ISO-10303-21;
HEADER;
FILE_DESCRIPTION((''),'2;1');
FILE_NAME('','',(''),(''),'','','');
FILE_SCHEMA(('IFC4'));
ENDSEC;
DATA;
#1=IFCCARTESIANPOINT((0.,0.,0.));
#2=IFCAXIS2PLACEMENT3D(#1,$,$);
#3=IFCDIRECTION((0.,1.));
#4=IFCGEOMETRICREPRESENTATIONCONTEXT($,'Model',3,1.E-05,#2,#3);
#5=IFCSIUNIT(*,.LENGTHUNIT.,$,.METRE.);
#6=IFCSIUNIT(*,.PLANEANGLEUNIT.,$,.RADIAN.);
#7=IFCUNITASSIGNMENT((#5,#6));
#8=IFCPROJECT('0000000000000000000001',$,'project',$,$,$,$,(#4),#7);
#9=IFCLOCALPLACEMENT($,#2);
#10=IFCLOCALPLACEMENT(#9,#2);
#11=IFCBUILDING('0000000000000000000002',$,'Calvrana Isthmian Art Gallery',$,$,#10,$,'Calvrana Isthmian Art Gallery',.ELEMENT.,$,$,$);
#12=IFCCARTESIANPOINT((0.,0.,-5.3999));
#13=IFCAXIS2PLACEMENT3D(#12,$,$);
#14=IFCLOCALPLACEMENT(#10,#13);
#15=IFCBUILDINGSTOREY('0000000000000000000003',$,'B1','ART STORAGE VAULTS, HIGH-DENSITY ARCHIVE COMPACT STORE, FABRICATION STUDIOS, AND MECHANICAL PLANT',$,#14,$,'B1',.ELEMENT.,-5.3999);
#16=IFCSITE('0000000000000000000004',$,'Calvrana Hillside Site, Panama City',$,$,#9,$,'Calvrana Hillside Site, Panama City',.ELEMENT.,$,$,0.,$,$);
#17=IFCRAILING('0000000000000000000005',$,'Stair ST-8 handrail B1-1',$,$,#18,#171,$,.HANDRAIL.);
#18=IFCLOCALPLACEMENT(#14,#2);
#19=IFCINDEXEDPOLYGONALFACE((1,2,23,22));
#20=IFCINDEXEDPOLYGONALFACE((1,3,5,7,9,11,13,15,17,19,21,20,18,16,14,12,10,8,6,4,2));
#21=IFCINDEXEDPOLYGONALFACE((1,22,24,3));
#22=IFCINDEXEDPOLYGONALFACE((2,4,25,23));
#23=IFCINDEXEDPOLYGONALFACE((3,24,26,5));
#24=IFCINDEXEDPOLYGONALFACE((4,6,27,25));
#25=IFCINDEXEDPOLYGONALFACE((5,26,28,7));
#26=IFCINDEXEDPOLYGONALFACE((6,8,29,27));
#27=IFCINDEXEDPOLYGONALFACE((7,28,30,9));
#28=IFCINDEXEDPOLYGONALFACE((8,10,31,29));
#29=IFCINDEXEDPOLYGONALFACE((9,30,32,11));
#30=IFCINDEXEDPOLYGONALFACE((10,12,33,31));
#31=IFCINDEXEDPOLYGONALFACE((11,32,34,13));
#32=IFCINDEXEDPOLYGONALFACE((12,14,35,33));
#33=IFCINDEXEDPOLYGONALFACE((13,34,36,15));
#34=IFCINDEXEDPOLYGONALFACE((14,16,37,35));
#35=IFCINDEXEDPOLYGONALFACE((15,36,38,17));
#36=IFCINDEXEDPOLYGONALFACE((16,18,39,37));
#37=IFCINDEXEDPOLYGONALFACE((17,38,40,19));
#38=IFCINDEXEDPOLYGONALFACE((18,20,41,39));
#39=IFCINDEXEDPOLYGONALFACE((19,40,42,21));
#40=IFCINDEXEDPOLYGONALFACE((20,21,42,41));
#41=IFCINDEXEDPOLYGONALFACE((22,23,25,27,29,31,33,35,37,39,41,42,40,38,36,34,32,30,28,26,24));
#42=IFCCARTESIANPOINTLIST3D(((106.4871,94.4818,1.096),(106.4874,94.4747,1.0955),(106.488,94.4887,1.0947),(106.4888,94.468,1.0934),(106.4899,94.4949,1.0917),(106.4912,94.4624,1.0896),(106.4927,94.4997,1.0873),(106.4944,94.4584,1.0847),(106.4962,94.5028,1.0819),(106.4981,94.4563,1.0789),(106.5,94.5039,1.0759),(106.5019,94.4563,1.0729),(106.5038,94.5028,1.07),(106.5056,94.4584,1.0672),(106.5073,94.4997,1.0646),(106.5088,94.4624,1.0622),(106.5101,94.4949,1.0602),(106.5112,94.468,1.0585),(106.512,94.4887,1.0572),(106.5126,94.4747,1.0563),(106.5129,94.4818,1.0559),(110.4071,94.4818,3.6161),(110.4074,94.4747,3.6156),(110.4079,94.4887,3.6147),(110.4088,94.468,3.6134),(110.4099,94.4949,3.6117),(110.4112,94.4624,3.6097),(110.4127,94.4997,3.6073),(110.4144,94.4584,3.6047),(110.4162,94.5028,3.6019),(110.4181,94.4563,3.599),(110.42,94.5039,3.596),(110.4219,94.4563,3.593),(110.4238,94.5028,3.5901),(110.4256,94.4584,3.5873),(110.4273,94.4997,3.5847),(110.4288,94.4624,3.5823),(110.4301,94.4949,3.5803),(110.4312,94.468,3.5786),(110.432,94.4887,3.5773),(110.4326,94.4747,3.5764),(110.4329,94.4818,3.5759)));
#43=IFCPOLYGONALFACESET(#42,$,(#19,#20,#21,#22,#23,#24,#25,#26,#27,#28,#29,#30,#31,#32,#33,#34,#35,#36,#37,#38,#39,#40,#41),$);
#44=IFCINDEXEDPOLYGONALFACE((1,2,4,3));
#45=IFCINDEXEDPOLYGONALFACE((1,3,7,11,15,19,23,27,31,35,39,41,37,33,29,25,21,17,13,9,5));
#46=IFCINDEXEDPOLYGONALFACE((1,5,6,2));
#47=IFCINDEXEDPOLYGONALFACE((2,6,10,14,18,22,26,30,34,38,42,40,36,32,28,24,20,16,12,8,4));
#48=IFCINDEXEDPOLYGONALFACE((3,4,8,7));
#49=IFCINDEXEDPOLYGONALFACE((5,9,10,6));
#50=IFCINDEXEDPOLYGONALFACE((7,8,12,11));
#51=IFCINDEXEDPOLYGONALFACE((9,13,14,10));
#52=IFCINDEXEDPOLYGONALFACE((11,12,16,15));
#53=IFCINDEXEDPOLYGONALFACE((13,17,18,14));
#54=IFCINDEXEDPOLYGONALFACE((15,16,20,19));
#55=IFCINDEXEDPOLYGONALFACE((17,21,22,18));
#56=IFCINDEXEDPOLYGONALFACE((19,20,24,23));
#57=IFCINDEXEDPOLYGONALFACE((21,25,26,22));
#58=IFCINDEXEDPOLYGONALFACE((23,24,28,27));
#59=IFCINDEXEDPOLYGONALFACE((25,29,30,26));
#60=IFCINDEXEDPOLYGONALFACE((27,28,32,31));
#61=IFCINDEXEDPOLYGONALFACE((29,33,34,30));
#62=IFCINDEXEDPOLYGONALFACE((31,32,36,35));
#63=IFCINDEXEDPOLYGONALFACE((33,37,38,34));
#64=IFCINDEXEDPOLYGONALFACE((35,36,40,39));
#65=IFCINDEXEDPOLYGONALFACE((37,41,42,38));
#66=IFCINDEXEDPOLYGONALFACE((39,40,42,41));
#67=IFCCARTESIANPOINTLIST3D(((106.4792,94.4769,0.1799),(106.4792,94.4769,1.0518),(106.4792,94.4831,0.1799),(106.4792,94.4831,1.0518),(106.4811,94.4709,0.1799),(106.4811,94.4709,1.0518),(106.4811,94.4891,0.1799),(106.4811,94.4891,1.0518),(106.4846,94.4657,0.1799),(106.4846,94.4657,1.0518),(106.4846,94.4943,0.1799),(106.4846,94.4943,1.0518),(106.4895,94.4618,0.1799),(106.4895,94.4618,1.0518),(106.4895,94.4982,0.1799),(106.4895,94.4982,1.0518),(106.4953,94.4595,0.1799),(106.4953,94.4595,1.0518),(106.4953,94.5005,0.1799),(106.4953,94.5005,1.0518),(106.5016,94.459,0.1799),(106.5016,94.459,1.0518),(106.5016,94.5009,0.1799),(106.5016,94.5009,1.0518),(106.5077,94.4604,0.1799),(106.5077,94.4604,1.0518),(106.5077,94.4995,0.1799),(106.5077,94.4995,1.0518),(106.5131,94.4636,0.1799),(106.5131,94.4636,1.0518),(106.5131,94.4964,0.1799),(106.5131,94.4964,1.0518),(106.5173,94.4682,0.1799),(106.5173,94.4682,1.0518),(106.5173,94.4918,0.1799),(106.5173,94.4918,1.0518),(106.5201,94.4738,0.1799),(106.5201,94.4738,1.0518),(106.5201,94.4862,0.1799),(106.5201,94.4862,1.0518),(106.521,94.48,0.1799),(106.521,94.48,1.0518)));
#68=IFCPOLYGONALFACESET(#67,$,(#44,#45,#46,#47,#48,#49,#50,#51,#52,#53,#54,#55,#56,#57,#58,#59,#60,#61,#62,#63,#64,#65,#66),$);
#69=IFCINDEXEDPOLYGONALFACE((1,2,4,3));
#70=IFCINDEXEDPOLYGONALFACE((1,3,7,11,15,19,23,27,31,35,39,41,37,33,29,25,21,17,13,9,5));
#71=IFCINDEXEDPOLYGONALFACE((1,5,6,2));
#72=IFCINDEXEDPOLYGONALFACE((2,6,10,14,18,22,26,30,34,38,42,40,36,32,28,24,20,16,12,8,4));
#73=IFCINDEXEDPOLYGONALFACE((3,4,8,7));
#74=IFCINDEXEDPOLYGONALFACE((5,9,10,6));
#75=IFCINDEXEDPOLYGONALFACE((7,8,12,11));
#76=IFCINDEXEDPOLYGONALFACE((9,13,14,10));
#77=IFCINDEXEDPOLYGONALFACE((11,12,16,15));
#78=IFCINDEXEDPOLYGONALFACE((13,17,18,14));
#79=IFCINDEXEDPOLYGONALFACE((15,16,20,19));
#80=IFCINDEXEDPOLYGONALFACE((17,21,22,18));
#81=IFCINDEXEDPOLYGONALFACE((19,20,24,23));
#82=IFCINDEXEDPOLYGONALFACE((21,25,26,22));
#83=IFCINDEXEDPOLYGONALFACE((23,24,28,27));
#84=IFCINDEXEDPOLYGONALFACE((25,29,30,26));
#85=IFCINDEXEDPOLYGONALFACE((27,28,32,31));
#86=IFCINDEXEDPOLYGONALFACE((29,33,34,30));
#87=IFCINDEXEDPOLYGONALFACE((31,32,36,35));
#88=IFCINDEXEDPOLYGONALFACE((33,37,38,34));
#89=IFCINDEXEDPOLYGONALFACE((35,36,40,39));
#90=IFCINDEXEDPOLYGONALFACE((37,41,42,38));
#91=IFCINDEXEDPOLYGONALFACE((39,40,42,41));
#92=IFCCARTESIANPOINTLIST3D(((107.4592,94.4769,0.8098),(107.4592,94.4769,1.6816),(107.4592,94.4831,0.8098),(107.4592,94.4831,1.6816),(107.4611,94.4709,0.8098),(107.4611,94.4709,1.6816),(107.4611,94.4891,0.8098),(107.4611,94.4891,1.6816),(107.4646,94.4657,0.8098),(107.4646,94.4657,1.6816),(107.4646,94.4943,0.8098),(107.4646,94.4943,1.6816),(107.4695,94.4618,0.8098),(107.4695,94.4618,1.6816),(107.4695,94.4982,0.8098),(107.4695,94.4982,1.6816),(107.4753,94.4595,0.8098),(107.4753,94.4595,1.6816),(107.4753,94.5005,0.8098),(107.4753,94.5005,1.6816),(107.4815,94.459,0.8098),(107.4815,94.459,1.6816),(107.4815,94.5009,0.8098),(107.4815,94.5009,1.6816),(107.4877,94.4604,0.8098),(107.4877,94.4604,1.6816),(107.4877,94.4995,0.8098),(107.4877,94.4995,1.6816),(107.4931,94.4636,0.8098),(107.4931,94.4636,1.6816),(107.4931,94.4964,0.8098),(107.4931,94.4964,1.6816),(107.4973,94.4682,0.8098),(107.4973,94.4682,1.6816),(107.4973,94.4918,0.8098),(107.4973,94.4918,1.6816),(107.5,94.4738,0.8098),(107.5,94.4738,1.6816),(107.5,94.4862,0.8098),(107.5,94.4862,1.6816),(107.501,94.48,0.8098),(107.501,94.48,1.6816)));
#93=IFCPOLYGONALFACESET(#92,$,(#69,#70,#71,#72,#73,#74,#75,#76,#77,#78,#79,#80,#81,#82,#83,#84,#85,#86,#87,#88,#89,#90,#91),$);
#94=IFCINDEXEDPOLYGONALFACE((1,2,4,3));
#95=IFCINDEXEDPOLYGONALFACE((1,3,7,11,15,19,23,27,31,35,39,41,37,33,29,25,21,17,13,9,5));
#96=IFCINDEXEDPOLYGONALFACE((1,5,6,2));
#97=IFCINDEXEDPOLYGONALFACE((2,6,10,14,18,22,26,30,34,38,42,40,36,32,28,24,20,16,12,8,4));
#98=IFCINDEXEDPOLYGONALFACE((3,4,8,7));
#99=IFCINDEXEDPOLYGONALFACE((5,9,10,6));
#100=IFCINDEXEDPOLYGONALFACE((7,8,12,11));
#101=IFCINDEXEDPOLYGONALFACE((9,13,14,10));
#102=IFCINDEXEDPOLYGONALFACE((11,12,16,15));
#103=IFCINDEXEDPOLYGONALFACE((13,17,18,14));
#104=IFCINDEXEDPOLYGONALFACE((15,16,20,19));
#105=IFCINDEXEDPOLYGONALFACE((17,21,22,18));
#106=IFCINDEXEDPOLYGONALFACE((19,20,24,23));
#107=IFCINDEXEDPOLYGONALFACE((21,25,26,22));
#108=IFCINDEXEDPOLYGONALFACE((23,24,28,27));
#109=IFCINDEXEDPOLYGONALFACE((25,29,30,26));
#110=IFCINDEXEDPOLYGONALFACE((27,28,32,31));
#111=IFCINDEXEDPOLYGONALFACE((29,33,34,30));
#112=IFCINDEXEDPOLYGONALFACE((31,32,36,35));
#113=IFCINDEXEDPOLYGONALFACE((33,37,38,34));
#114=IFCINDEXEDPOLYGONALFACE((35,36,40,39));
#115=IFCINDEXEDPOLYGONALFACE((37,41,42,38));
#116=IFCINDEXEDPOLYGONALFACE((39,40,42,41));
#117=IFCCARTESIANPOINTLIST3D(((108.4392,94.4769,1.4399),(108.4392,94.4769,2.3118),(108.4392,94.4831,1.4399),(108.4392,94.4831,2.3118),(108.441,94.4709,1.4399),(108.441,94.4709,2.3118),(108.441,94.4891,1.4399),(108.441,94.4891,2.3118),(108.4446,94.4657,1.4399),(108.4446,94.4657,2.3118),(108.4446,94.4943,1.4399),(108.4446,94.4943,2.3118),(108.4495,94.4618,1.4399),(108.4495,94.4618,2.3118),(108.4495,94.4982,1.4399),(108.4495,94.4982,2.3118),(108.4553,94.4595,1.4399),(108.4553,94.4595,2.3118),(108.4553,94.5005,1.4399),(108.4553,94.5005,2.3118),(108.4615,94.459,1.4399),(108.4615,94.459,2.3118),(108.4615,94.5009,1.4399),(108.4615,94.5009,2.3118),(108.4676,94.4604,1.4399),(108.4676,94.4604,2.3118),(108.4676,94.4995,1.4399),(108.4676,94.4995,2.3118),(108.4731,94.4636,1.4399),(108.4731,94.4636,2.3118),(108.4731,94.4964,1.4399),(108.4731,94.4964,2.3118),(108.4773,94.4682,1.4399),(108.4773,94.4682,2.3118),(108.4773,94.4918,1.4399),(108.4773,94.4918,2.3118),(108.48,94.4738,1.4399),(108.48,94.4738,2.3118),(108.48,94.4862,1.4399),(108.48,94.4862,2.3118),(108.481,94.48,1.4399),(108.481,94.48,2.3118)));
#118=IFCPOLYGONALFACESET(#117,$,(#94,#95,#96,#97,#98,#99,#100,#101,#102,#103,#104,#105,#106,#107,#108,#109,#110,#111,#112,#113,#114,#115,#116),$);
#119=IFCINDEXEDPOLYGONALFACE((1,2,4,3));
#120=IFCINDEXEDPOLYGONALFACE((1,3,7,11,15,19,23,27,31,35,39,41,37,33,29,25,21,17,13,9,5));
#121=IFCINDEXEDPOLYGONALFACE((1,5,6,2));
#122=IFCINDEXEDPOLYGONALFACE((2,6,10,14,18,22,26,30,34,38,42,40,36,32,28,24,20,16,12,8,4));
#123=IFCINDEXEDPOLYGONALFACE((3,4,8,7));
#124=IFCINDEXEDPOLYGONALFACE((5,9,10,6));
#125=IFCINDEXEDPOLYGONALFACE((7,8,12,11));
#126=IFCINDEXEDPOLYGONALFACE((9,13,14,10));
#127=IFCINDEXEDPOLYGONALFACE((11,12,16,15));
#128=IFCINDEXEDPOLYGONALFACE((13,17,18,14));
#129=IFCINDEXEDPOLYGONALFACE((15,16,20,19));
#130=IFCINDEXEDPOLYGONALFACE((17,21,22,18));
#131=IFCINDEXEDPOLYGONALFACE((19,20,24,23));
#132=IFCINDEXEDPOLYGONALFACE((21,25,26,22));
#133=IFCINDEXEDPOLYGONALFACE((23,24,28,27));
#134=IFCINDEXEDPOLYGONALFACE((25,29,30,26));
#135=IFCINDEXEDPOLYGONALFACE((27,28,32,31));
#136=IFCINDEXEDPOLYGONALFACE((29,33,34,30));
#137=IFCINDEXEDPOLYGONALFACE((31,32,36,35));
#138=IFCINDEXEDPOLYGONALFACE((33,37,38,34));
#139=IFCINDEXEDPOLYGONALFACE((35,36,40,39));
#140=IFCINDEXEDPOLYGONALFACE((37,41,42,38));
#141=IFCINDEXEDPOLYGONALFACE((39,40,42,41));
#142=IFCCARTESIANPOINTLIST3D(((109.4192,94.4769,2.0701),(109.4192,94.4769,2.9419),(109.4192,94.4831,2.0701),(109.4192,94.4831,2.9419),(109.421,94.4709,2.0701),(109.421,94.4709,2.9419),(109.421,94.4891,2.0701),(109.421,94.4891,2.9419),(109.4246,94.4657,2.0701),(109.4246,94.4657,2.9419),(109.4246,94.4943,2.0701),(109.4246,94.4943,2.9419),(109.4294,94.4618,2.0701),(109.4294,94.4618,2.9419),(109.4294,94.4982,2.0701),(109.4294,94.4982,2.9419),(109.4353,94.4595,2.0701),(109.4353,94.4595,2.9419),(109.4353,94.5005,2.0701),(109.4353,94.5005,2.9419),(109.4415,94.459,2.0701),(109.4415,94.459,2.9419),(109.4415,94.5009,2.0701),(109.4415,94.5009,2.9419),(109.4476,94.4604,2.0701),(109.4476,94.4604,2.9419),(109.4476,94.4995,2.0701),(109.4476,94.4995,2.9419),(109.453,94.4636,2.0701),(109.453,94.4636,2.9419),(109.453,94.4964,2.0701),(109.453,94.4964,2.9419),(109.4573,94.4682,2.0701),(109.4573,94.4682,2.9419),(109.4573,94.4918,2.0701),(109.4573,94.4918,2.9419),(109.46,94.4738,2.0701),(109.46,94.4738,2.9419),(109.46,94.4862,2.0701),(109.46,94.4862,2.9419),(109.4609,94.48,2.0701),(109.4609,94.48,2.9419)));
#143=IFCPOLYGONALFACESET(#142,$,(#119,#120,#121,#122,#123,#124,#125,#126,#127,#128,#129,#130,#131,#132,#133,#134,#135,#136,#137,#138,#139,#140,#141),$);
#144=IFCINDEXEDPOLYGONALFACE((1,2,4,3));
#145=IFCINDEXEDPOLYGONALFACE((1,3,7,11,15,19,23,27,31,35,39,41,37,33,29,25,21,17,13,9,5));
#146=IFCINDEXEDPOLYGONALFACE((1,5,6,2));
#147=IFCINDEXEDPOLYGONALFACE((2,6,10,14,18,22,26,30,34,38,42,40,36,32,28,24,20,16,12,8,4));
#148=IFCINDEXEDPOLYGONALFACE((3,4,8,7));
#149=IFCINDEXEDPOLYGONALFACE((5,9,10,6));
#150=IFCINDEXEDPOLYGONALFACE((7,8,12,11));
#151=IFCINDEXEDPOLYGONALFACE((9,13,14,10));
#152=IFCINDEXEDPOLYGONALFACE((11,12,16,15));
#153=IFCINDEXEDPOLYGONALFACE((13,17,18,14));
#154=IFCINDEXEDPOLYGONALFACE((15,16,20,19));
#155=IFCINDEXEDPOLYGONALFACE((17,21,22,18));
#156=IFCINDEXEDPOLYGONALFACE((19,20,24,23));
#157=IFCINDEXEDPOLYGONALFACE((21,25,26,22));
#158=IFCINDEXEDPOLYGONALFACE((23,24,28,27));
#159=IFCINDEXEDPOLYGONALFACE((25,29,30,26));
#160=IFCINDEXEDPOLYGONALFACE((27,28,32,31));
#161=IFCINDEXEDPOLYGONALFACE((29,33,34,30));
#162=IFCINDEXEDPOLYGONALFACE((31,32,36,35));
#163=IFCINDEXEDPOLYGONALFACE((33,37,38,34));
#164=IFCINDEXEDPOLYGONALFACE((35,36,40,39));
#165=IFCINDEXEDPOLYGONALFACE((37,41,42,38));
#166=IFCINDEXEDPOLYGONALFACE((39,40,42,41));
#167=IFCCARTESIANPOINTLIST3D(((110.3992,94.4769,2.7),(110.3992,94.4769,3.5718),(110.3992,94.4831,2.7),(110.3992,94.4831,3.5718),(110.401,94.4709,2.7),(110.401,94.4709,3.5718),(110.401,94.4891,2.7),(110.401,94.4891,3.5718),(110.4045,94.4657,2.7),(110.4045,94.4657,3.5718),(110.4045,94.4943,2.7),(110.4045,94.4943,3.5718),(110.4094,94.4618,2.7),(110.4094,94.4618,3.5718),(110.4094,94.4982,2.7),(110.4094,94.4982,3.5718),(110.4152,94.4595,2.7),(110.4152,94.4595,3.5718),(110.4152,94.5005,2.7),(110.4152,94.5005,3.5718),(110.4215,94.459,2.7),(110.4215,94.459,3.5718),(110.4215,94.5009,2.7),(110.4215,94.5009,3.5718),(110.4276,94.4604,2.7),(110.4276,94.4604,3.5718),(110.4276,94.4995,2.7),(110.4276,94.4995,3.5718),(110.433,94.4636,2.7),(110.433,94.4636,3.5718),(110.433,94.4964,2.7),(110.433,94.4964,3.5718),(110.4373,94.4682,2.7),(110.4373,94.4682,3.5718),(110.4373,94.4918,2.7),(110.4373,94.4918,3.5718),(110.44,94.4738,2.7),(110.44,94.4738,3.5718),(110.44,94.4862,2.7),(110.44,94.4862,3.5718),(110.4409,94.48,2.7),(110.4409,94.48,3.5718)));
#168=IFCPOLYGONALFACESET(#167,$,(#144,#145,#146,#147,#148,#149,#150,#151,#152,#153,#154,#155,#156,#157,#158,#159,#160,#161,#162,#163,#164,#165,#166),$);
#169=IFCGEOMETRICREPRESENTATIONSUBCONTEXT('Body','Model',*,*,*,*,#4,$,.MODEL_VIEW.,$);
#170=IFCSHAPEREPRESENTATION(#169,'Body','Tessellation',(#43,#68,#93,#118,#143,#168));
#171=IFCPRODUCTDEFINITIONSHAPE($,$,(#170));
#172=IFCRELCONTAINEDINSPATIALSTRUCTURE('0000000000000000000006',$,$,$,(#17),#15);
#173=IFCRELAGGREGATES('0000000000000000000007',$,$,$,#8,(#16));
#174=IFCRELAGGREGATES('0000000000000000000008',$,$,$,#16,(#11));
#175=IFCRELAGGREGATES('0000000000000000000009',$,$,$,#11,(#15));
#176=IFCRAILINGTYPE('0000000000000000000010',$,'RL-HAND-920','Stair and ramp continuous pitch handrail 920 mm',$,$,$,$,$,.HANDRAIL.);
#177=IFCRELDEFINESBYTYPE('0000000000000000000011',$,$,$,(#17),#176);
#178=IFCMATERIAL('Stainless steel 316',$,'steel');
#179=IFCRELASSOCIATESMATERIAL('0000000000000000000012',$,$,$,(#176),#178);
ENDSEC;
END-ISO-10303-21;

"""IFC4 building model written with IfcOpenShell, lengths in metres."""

from ifc_helpers import new_model, si_unit, direction, frame, origin, origin_2d, place, context, subcontext, project, spatial, circle, extrude, material, type_object, element, save


model = new_model("IFC4")

# Units and contexts
model_context = context("Model", 3, precision=1e-05, world=origin(), true_north=direction((0.0, 1.0)))
body_context = subcontext(model_context, "Body", "Model", "MODEL_VIEW")
ifc_project = project(units=[si_unit("LENGTHUNIT", "METRE"), si_unit("PLANEANGLEUNIT", "RADIAN")], contexts=[model_context])

# Site, building, storey
site_placement = place(None, origin())
site = spatial("IfcSite", under=ifc_project, at=site_placement, Name="Calvrana Hillside Site, Panama City", LongName="Calvrana Hillside Site, Panama City", CompositionType="ELEMENT", RefElevation=0.0)
building_placement = place(site_placement, origin())
building = spatial("IfcBuilding", under=site, at=building_placement, Name="Calvrana Isthmian Art Gallery", LongName="Calvrana Isthmian Art Gallery", CompositionType="ELEMENT")
storey_placement = place(building_placement, frame((0.0, 0.0, -5.3999)))
storey = spatial("IfcBuildingStorey", under=building, at=storey_placement, Name="B1", Description="ART STORAGE VAULTS, HIGH-DENSITY ARCHIVE COMPACT STORE, FABRICATION STUDIOS, AND MECHANICAL PLANT", LongName="B1", CompositionType="ELEMENT", Elevation=-5.3999)

# Railing
ifc_material_1 = material(Name="Stainless steel 316", Category="steel")
railing_type_1 = type_object("IfcRailingType", Name="RL-HAND-920", Description="Stair and ramp continuous pitch handrail 920 mm", PredefinedType="HANDRAIL", material=ifc_material_1)
railing_1_placement = place(storey_placement, frame((106.5, 94.48, 0.1799)))
element("IfcRailing", 1, at=railing_1_placement, inside=storey, type_object=railing_type_1, Name="Stair ST-8 handrail B1-1", PredefinedType="HANDRAIL", context=body_context, shape_type="SweptSolid", body=[
    extrude(circle(Radius=0.0239, at=origin_2d()), frame((0.0, 0.0, 0.896), z_axis=(0.841172, 0.0, 0.540768), x_axis=(0.0, 1.0, 0.0)), (0.0, 0.0, 1.0), 4.6602),
    extrude(circle(Radius=0.021, at=origin_2d()), origin(), (0.0, 0.0, 1.0), 0.8718),
    extrude(circle(Radius=0.021, at=origin_2d()), frame((0.98, 0.0, 0.6299)), (0.0, 0.0, 1.0), 0.8718),
    extrude(circle(Radius=0.021, at=origin_2d()), frame((1.96, 0.0, 1.26)), (0.0, 0.0, 1.0), 0.8718),
    extrude(circle(Radius=0.021, at=origin_2d()), frame((2.9399, 0.0, 1.8901)), (0.0, 0.0, 1.0), 0.8718),
    extrude(circle(Radius=0.021, at=origin_2d()), frame((3.9199, 0.0, 2.52)), (0.0, 0.0, 1.0), 0.8718),
])

save(model, "model.ifc")
